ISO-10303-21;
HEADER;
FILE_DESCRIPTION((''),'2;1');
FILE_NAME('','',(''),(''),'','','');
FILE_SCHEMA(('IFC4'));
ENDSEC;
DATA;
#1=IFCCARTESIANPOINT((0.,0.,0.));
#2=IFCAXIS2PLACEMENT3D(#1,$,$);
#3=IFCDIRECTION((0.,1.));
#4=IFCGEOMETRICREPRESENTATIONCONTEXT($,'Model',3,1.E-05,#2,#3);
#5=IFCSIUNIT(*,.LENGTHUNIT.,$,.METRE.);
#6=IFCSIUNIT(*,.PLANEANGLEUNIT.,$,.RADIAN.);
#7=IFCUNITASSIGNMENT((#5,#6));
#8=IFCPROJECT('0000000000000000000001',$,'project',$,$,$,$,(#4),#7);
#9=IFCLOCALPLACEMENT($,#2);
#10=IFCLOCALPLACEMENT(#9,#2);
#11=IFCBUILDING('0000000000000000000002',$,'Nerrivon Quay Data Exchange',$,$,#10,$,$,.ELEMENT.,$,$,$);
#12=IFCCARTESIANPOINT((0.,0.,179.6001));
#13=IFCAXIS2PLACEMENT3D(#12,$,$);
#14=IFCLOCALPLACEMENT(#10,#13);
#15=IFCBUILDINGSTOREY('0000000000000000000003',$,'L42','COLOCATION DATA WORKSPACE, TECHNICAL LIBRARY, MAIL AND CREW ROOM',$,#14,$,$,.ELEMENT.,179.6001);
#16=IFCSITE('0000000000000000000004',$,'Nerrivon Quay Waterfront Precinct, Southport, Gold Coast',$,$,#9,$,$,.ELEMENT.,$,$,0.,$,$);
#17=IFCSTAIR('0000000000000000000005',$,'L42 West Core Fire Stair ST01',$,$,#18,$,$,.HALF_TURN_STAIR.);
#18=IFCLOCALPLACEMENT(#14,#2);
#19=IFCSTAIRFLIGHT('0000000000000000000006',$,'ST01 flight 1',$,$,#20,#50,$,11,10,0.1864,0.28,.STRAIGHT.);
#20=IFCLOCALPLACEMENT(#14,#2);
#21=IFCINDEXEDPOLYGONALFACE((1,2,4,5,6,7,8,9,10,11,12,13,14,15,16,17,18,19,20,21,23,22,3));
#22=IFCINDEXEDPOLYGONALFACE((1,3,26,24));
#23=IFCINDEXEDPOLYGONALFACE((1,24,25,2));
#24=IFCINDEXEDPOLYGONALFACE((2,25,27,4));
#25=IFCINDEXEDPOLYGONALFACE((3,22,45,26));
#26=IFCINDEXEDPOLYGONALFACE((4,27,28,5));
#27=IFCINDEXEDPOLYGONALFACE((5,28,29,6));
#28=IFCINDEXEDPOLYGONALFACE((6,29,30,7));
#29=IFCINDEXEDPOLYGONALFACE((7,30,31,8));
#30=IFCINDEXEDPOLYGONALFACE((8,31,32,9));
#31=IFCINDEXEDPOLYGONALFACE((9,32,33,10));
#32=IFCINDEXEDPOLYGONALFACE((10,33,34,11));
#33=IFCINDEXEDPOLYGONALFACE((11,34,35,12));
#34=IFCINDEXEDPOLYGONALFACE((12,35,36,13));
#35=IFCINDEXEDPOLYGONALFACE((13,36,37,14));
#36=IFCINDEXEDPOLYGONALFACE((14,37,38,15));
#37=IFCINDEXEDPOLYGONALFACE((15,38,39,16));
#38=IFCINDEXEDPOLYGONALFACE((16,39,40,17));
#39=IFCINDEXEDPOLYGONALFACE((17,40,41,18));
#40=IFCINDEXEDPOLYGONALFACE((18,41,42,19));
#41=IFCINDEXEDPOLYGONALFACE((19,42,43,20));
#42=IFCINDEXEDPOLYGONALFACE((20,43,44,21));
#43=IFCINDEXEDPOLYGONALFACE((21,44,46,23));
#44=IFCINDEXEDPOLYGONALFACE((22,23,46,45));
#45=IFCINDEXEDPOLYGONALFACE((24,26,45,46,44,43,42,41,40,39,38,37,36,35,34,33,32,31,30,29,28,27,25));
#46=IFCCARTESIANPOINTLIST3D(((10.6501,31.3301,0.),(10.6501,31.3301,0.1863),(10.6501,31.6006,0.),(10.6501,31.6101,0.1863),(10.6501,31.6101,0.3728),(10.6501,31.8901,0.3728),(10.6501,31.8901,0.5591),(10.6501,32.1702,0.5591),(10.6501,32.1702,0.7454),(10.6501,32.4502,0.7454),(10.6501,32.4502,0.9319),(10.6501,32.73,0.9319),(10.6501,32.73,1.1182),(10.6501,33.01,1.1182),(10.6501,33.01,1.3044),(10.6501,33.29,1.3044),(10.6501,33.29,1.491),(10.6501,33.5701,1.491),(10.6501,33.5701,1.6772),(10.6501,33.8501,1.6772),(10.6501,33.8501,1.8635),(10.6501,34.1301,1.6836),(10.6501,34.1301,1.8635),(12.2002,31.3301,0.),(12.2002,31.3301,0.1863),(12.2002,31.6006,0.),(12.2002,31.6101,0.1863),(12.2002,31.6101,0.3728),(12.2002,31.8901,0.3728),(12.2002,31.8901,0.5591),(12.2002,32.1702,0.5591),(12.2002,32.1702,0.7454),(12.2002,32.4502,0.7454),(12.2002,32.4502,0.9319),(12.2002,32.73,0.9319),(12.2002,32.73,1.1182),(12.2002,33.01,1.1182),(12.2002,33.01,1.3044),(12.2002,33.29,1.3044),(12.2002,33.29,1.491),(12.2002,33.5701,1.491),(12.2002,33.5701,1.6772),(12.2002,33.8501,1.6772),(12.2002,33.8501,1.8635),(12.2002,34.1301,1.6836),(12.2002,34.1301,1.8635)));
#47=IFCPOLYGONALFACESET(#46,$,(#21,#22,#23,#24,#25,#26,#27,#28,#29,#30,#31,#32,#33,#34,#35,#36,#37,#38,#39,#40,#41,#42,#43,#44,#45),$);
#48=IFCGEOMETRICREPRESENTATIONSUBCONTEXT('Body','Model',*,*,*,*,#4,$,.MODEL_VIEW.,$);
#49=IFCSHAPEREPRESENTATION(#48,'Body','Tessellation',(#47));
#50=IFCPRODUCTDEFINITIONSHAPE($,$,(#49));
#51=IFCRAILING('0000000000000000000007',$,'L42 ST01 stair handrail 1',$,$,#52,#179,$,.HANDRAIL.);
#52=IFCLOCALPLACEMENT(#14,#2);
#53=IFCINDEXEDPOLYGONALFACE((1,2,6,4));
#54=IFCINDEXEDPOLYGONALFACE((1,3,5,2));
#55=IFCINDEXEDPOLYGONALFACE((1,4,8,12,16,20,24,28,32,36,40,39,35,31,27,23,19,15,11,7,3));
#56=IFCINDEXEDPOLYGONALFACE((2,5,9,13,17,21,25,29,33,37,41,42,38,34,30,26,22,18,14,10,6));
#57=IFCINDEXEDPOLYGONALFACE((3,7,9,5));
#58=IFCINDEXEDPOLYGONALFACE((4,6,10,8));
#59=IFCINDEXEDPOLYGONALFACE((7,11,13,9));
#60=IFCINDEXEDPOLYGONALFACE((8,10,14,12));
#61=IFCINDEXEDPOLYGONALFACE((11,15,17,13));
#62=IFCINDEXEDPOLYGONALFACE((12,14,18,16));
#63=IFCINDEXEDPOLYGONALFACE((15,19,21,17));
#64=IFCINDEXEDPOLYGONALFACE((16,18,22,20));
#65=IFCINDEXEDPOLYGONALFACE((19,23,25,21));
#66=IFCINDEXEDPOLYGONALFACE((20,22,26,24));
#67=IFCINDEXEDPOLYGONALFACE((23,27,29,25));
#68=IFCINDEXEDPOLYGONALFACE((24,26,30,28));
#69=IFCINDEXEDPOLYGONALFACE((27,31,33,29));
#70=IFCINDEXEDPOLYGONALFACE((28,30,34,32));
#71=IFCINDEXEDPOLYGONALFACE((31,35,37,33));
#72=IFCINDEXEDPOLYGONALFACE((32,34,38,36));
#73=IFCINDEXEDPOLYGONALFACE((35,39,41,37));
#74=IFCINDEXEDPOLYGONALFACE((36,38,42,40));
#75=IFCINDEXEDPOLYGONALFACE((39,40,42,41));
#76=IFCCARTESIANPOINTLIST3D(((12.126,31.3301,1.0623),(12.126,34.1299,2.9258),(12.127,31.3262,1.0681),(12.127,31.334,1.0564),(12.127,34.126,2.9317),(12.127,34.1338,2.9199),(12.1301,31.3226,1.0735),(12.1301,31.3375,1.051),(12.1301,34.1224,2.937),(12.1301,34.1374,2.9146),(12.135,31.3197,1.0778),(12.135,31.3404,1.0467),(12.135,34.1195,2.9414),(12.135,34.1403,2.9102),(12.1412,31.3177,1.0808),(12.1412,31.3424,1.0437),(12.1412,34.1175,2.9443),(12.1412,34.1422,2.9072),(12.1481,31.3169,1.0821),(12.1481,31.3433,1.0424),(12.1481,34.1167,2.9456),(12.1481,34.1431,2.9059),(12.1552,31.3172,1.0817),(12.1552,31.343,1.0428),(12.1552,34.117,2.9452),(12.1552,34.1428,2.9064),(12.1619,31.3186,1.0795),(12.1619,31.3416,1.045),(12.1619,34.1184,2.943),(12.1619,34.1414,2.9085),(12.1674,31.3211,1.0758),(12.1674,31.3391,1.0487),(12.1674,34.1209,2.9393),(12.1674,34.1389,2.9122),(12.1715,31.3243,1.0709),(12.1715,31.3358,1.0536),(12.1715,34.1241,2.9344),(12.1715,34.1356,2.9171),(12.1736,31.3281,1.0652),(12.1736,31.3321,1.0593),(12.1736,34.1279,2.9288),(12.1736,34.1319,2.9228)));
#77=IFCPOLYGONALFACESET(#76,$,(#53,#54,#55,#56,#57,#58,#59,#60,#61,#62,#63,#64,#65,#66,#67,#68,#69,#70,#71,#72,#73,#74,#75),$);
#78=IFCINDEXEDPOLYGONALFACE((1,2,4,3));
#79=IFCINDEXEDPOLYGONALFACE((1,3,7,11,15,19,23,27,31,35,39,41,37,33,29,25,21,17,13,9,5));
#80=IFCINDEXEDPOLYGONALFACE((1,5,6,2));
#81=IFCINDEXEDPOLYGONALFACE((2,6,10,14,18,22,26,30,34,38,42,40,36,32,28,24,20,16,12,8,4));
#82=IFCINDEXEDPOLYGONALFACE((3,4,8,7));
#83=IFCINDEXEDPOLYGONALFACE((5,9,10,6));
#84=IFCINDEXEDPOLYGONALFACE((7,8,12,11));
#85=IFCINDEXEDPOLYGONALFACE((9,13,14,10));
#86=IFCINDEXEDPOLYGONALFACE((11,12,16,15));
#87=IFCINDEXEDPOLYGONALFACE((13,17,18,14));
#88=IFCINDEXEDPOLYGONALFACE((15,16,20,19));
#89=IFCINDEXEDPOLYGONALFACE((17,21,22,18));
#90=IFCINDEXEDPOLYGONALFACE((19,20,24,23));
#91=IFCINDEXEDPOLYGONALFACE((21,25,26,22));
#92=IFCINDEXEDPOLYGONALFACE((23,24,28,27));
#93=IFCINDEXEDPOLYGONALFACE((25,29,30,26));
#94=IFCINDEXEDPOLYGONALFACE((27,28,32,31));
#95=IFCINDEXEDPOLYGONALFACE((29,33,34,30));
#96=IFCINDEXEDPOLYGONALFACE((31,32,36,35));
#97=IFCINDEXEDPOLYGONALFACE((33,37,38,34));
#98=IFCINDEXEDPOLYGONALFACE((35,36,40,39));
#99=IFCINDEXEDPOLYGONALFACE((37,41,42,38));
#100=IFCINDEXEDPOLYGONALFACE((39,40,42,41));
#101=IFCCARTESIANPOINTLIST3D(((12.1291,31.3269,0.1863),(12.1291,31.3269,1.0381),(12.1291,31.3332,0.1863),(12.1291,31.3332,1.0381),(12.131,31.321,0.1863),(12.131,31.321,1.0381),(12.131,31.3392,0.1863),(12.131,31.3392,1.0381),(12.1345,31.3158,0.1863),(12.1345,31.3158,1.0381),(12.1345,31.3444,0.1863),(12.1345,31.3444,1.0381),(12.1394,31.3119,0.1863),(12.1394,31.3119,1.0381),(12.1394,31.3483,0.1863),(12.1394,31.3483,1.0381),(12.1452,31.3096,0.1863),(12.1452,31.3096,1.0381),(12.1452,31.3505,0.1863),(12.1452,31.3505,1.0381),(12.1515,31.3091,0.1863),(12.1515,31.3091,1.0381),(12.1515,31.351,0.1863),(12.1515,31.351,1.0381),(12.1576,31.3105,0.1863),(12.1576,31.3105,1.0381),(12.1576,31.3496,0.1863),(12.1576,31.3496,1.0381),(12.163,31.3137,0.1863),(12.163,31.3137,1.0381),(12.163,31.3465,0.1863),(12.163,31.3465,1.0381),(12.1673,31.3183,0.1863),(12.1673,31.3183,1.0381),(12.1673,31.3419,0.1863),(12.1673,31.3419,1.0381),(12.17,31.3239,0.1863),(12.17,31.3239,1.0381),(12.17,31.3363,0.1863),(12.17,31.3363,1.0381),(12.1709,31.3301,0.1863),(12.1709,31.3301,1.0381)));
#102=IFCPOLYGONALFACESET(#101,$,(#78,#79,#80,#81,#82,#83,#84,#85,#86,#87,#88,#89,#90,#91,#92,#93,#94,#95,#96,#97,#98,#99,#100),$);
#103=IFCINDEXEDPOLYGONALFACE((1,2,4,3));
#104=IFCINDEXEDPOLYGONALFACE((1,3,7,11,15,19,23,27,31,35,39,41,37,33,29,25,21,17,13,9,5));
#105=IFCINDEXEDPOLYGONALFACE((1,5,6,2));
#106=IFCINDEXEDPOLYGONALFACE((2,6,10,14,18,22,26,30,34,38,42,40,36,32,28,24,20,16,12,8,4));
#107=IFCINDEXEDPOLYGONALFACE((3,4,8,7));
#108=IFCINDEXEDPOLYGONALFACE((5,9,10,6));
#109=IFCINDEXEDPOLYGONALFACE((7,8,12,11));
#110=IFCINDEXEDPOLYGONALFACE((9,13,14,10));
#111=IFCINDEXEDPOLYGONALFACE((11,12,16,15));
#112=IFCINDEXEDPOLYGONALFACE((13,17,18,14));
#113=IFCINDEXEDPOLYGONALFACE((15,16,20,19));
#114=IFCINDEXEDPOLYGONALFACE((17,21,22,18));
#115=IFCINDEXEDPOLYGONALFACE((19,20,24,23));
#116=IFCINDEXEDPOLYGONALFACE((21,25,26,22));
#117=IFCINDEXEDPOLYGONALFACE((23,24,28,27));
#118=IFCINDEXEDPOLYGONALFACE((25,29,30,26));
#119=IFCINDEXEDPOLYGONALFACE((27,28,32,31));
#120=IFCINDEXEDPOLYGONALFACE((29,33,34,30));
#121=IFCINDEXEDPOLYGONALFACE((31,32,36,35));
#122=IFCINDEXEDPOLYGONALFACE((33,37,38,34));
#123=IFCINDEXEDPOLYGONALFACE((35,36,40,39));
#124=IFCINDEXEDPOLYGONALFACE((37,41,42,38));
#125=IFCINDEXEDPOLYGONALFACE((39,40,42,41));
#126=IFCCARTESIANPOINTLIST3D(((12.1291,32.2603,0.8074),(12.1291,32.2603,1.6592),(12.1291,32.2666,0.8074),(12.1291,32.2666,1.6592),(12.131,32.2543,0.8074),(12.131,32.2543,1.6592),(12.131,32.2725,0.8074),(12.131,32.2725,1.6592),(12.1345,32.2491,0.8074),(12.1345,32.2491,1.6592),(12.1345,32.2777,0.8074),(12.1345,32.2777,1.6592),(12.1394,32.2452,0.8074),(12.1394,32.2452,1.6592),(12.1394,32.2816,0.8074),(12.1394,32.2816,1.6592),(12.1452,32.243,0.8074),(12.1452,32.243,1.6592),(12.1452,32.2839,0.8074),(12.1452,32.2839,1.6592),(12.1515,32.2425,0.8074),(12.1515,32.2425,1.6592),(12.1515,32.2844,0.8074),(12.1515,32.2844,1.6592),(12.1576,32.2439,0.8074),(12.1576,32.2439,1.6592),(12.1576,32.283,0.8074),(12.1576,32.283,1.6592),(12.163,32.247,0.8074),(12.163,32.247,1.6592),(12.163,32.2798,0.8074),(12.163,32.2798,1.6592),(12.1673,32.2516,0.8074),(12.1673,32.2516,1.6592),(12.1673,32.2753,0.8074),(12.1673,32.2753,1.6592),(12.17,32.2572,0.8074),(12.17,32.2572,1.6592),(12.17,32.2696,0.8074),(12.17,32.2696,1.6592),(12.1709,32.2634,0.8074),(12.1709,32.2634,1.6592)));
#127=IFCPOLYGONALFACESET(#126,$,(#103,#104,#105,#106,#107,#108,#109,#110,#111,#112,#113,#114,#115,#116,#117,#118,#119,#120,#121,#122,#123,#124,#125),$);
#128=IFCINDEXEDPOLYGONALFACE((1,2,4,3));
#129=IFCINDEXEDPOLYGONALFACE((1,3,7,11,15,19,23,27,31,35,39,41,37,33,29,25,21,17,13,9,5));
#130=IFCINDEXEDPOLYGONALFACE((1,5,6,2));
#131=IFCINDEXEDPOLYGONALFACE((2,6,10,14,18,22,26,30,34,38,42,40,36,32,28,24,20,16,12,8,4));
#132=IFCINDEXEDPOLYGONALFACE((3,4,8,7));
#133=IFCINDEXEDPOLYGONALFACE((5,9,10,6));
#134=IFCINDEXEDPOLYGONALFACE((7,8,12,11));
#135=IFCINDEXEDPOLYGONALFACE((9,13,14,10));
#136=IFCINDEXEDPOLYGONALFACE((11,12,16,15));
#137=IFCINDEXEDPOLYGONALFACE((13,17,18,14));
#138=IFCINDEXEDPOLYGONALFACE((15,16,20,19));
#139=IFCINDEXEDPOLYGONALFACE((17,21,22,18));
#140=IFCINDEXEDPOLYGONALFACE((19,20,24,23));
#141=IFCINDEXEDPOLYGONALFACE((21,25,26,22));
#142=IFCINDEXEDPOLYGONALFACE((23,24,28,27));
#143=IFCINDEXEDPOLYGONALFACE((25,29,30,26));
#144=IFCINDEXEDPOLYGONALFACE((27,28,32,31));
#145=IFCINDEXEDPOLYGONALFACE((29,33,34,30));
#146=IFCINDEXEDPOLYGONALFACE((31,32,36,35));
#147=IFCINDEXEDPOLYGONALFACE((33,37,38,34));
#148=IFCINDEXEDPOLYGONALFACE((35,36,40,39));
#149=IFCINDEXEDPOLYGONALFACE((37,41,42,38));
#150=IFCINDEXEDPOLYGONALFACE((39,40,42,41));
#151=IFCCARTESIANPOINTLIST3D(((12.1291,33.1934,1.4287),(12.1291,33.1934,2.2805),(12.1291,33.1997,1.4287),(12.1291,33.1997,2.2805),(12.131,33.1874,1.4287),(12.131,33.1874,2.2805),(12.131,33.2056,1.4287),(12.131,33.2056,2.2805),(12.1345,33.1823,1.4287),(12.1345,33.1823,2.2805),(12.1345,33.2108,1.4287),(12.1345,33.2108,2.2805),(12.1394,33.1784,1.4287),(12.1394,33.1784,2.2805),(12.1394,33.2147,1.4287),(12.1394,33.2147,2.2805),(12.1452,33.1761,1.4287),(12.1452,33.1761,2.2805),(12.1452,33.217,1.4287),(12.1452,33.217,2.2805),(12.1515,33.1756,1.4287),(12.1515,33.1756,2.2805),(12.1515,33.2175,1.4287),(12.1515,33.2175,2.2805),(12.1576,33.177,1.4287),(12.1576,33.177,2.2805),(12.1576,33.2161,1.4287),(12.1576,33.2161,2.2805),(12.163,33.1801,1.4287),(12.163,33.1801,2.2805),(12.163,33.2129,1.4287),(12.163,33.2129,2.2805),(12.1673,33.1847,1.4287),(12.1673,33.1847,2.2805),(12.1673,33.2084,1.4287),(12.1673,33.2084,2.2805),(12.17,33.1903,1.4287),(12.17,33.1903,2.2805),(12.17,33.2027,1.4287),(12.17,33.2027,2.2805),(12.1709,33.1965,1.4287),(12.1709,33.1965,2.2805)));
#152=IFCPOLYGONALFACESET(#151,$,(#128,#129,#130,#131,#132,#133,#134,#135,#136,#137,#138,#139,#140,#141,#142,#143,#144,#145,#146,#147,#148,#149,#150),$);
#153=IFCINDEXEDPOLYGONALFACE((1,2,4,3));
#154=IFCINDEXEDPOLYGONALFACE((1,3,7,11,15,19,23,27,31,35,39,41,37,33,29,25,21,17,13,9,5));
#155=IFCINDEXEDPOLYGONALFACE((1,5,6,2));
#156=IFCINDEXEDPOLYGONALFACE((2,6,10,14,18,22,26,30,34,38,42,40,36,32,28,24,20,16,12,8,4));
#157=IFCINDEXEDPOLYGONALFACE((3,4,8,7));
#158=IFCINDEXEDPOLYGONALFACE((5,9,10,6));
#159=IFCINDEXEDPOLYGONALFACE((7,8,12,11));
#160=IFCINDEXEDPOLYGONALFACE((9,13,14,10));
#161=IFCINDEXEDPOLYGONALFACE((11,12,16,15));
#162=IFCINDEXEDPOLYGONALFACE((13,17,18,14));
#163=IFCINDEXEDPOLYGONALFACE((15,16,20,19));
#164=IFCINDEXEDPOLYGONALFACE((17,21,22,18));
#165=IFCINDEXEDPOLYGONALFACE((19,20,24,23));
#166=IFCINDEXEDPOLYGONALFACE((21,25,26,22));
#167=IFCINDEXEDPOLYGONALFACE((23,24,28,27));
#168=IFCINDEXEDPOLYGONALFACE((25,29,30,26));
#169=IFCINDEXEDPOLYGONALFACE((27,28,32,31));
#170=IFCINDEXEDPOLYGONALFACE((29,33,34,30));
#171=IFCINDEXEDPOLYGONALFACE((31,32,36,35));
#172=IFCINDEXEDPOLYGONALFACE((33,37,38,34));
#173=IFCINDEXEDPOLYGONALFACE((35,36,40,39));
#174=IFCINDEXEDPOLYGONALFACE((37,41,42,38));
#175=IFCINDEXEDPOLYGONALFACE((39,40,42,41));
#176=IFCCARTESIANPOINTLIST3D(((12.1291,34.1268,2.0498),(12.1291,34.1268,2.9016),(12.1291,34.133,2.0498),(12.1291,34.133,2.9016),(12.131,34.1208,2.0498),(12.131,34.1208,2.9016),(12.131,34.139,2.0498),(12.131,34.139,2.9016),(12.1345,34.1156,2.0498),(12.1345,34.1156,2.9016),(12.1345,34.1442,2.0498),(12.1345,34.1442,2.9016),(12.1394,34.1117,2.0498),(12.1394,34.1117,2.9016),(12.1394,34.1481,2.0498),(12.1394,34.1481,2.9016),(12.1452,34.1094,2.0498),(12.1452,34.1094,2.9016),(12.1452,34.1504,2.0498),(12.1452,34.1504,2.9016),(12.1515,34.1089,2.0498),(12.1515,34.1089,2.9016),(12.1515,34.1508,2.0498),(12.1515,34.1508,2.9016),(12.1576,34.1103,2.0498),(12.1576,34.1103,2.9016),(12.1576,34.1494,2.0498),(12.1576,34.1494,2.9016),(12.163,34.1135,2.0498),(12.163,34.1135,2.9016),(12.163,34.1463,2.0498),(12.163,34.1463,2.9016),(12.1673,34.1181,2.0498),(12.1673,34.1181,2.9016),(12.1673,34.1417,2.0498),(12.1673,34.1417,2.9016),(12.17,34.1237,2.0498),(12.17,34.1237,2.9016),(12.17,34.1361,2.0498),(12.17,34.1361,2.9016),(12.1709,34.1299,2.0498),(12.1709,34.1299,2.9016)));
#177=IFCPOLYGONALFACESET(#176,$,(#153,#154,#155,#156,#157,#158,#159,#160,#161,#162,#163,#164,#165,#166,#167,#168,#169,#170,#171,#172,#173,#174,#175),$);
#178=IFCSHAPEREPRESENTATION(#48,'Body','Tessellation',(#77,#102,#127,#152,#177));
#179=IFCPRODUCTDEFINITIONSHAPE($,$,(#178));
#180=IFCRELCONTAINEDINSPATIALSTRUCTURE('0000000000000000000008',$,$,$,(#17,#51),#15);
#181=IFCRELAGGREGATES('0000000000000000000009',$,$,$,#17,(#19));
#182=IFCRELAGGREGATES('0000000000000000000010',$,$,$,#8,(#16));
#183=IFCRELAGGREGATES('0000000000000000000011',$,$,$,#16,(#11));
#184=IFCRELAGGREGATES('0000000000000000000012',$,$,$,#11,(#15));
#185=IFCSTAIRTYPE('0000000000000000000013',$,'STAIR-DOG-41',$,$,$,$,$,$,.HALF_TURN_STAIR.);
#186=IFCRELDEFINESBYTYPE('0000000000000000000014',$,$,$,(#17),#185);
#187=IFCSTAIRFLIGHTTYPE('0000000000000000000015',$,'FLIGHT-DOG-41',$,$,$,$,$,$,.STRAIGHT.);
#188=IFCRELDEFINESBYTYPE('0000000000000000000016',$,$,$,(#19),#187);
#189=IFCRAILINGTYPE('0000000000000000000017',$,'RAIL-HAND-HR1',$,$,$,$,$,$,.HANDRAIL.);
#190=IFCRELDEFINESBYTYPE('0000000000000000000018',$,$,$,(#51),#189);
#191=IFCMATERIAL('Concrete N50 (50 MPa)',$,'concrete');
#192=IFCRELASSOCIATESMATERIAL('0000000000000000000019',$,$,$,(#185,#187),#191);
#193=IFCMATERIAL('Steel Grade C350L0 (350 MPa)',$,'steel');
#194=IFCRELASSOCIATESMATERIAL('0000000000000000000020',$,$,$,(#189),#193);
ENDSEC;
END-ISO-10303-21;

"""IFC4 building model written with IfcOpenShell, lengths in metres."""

from ifc_helpers import new_model, si_unit, direction, frame, origin, origin_2d, place, context, subcontext, project, spatial, polyline, circle, outline, extrude, material, type_object, element, aggregate, save


model = new_model("IFC4")

# Units and contexts
model_context = context("Model", 3, precision=1e-05, world=origin(), true_north=direction((0.0, 1.0)))
body_context = subcontext(model_context, "Body", "Model", "MODEL_VIEW")
ifc_project = project(units=[si_unit("LENGTHUNIT", "METRE"), si_unit("PLANEANGLEUNIT", "RADIAN")], contexts=[model_context])

# Site, building, storey
site_placement = place(None, origin())
site = spatial("IfcSite", under=ifc_project, at=site_placement, Name="Nerrivon Quay Waterfront Precinct, Southport, Gold Coast", CompositionType="ELEMENT", RefElevation=0.0)
building_placement = place(site_placement, origin())
building = spatial("IfcBuilding", under=site, at=building_placement, Name="Nerrivon Quay Data Exchange", CompositionType="ELEMENT")
storey_placement = place(building_placement, frame((0.0, 0.0, 179.6001)))
storey = spatial("IfcBuildingStorey", under=building, at=storey_placement, Name="L42", Description="COLOCATION DATA WORKSPACE, TECHNICAL LIBRARY, MAIL AND CREW ROOM", CompositionType="ELEMENT", Elevation=179.6001)

# Shared definitions
ifc_material_1 = material(Name="Concrete N50 (50 MPa)", Category="concrete")

# Stair, stair flight
stair_type = type_object("IfcStairType", Name="STAIR-DOG-41", PredefinedType="HALF_TURN_STAIR", material=ifc_material_1)
stair_placement = place(storey_placement, origin())
stair = element("IfcStair", 1, at=stair_placement, inside=storey, type_object=stair_type, Name="L42 West Core Fire Stair ST01", PredefinedType="HALF_TURN_STAIR")
stair_flight_type = type_object("IfcStairFlightType", Name="FLIGHT-DOG-41", PredefinedType="STRAIGHT", material=ifc_material_1)
stair_flight_placement = place(storey_placement, frame((11.425, 31.3301, 0.0), z_axis=(0.0, 0.0, 1.0), x_axis=(0.0, 1.0, 0.0)))
stair_flight = element("IfcStairFlight", 2, at=stair_flight_placement, type_object=stair_flight_type, Name="ST01 flight 1", NumberOfRisers=11, NumberOfTreads=10, PredefinedType="STRAIGHT", RiserHeight=0.1864, TreadLength=0.28, context=body_context, shape_type="SweptSolid", body=[
    extrude(outline(polyline([(0.0, 0.0), (0.0, 0.1863), (0.28, 0.1863), (0.28, 0.3728), (0.5601, 0.3728), (0.5601, 0.5591), (0.8401, 0.5591), (0.8401, 0.7454), (1.1201, 0.7454), (1.1201, 0.9319), (1.3999, 0.9319), (1.3999, 1.1182), (1.6799, 1.1182), (1.6799, 1.3044), (1.96, 1.3044), (1.96, 1.491), (2.24, 1.491), (2.24, 1.6772), (2.52, 1.6772), (2.52, 1.8635), (2.8, 1.8635), (2.8, 2.05), (2.8, 1.6836), (0.2705, 0.0), (0.0, 0.0)])), frame((0.0, 0.7749, 0.0), z_axis=(0.0, -1.0, 0.0), x_axis=(1.0, 0.0, 0.0)), (0.0, 0.0, 1.0), 1.55),
])
aggregate(stair, [stair_flight])

# Railing
ifc_material_2 = material(Name="Steel Grade C350L0 (350 MPa)", Category="steel")
railing_type_1 = type_object("IfcRailingType", Name="RAIL-HAND-HR1", PredefinedType="HANDRAIL", material=ifc_material_2)
railing_1_placement = place(storey_placement, frame((12.1499, 31.3301, 0.1863)))
element("IfcRailing", 3, at=railing_1_placement, inside=storey, type_object=railing_type_1, Name="L42 ST01 stair handrail 1", PredefinedType="HANDRAIL", context=body_context, shape_type="SweptSolid", body=[
    extrude(circle(Radius=0.0239, at=origin_2d()), frame((0.0, 0.0, 0.876), z_axis=(0.0, 0.832463, 0.55408), x_axis=(-1.0, 0.0, 0.0)), (0.0, 0.0, 1.0), 3.3633),
    extrude(circle(Radius=0.021, at=origin_2d()), origin(), (0.0, 0.0, 1.0), 0.8518),
    extrude(circle(Radius=0.021, at=origin_2d()), frame((0.0, 0.9333, 0.6211)), (0.0, 0.0, 1.0), 0.8518),
    extrude(circle(Radius=0.021, at=origin_2d()), frame((0.0, 1.8665, 1.2424)), (0.0, 0.0, 1.0), 0.8518),
    extrude(circle(Radius=0.021, at=origin_2d()), frame((0.0, 2.7998, 1.8635)), (0.0, 0.0, 1.0), 0.8518),
])

save(model, "model.ifc")
